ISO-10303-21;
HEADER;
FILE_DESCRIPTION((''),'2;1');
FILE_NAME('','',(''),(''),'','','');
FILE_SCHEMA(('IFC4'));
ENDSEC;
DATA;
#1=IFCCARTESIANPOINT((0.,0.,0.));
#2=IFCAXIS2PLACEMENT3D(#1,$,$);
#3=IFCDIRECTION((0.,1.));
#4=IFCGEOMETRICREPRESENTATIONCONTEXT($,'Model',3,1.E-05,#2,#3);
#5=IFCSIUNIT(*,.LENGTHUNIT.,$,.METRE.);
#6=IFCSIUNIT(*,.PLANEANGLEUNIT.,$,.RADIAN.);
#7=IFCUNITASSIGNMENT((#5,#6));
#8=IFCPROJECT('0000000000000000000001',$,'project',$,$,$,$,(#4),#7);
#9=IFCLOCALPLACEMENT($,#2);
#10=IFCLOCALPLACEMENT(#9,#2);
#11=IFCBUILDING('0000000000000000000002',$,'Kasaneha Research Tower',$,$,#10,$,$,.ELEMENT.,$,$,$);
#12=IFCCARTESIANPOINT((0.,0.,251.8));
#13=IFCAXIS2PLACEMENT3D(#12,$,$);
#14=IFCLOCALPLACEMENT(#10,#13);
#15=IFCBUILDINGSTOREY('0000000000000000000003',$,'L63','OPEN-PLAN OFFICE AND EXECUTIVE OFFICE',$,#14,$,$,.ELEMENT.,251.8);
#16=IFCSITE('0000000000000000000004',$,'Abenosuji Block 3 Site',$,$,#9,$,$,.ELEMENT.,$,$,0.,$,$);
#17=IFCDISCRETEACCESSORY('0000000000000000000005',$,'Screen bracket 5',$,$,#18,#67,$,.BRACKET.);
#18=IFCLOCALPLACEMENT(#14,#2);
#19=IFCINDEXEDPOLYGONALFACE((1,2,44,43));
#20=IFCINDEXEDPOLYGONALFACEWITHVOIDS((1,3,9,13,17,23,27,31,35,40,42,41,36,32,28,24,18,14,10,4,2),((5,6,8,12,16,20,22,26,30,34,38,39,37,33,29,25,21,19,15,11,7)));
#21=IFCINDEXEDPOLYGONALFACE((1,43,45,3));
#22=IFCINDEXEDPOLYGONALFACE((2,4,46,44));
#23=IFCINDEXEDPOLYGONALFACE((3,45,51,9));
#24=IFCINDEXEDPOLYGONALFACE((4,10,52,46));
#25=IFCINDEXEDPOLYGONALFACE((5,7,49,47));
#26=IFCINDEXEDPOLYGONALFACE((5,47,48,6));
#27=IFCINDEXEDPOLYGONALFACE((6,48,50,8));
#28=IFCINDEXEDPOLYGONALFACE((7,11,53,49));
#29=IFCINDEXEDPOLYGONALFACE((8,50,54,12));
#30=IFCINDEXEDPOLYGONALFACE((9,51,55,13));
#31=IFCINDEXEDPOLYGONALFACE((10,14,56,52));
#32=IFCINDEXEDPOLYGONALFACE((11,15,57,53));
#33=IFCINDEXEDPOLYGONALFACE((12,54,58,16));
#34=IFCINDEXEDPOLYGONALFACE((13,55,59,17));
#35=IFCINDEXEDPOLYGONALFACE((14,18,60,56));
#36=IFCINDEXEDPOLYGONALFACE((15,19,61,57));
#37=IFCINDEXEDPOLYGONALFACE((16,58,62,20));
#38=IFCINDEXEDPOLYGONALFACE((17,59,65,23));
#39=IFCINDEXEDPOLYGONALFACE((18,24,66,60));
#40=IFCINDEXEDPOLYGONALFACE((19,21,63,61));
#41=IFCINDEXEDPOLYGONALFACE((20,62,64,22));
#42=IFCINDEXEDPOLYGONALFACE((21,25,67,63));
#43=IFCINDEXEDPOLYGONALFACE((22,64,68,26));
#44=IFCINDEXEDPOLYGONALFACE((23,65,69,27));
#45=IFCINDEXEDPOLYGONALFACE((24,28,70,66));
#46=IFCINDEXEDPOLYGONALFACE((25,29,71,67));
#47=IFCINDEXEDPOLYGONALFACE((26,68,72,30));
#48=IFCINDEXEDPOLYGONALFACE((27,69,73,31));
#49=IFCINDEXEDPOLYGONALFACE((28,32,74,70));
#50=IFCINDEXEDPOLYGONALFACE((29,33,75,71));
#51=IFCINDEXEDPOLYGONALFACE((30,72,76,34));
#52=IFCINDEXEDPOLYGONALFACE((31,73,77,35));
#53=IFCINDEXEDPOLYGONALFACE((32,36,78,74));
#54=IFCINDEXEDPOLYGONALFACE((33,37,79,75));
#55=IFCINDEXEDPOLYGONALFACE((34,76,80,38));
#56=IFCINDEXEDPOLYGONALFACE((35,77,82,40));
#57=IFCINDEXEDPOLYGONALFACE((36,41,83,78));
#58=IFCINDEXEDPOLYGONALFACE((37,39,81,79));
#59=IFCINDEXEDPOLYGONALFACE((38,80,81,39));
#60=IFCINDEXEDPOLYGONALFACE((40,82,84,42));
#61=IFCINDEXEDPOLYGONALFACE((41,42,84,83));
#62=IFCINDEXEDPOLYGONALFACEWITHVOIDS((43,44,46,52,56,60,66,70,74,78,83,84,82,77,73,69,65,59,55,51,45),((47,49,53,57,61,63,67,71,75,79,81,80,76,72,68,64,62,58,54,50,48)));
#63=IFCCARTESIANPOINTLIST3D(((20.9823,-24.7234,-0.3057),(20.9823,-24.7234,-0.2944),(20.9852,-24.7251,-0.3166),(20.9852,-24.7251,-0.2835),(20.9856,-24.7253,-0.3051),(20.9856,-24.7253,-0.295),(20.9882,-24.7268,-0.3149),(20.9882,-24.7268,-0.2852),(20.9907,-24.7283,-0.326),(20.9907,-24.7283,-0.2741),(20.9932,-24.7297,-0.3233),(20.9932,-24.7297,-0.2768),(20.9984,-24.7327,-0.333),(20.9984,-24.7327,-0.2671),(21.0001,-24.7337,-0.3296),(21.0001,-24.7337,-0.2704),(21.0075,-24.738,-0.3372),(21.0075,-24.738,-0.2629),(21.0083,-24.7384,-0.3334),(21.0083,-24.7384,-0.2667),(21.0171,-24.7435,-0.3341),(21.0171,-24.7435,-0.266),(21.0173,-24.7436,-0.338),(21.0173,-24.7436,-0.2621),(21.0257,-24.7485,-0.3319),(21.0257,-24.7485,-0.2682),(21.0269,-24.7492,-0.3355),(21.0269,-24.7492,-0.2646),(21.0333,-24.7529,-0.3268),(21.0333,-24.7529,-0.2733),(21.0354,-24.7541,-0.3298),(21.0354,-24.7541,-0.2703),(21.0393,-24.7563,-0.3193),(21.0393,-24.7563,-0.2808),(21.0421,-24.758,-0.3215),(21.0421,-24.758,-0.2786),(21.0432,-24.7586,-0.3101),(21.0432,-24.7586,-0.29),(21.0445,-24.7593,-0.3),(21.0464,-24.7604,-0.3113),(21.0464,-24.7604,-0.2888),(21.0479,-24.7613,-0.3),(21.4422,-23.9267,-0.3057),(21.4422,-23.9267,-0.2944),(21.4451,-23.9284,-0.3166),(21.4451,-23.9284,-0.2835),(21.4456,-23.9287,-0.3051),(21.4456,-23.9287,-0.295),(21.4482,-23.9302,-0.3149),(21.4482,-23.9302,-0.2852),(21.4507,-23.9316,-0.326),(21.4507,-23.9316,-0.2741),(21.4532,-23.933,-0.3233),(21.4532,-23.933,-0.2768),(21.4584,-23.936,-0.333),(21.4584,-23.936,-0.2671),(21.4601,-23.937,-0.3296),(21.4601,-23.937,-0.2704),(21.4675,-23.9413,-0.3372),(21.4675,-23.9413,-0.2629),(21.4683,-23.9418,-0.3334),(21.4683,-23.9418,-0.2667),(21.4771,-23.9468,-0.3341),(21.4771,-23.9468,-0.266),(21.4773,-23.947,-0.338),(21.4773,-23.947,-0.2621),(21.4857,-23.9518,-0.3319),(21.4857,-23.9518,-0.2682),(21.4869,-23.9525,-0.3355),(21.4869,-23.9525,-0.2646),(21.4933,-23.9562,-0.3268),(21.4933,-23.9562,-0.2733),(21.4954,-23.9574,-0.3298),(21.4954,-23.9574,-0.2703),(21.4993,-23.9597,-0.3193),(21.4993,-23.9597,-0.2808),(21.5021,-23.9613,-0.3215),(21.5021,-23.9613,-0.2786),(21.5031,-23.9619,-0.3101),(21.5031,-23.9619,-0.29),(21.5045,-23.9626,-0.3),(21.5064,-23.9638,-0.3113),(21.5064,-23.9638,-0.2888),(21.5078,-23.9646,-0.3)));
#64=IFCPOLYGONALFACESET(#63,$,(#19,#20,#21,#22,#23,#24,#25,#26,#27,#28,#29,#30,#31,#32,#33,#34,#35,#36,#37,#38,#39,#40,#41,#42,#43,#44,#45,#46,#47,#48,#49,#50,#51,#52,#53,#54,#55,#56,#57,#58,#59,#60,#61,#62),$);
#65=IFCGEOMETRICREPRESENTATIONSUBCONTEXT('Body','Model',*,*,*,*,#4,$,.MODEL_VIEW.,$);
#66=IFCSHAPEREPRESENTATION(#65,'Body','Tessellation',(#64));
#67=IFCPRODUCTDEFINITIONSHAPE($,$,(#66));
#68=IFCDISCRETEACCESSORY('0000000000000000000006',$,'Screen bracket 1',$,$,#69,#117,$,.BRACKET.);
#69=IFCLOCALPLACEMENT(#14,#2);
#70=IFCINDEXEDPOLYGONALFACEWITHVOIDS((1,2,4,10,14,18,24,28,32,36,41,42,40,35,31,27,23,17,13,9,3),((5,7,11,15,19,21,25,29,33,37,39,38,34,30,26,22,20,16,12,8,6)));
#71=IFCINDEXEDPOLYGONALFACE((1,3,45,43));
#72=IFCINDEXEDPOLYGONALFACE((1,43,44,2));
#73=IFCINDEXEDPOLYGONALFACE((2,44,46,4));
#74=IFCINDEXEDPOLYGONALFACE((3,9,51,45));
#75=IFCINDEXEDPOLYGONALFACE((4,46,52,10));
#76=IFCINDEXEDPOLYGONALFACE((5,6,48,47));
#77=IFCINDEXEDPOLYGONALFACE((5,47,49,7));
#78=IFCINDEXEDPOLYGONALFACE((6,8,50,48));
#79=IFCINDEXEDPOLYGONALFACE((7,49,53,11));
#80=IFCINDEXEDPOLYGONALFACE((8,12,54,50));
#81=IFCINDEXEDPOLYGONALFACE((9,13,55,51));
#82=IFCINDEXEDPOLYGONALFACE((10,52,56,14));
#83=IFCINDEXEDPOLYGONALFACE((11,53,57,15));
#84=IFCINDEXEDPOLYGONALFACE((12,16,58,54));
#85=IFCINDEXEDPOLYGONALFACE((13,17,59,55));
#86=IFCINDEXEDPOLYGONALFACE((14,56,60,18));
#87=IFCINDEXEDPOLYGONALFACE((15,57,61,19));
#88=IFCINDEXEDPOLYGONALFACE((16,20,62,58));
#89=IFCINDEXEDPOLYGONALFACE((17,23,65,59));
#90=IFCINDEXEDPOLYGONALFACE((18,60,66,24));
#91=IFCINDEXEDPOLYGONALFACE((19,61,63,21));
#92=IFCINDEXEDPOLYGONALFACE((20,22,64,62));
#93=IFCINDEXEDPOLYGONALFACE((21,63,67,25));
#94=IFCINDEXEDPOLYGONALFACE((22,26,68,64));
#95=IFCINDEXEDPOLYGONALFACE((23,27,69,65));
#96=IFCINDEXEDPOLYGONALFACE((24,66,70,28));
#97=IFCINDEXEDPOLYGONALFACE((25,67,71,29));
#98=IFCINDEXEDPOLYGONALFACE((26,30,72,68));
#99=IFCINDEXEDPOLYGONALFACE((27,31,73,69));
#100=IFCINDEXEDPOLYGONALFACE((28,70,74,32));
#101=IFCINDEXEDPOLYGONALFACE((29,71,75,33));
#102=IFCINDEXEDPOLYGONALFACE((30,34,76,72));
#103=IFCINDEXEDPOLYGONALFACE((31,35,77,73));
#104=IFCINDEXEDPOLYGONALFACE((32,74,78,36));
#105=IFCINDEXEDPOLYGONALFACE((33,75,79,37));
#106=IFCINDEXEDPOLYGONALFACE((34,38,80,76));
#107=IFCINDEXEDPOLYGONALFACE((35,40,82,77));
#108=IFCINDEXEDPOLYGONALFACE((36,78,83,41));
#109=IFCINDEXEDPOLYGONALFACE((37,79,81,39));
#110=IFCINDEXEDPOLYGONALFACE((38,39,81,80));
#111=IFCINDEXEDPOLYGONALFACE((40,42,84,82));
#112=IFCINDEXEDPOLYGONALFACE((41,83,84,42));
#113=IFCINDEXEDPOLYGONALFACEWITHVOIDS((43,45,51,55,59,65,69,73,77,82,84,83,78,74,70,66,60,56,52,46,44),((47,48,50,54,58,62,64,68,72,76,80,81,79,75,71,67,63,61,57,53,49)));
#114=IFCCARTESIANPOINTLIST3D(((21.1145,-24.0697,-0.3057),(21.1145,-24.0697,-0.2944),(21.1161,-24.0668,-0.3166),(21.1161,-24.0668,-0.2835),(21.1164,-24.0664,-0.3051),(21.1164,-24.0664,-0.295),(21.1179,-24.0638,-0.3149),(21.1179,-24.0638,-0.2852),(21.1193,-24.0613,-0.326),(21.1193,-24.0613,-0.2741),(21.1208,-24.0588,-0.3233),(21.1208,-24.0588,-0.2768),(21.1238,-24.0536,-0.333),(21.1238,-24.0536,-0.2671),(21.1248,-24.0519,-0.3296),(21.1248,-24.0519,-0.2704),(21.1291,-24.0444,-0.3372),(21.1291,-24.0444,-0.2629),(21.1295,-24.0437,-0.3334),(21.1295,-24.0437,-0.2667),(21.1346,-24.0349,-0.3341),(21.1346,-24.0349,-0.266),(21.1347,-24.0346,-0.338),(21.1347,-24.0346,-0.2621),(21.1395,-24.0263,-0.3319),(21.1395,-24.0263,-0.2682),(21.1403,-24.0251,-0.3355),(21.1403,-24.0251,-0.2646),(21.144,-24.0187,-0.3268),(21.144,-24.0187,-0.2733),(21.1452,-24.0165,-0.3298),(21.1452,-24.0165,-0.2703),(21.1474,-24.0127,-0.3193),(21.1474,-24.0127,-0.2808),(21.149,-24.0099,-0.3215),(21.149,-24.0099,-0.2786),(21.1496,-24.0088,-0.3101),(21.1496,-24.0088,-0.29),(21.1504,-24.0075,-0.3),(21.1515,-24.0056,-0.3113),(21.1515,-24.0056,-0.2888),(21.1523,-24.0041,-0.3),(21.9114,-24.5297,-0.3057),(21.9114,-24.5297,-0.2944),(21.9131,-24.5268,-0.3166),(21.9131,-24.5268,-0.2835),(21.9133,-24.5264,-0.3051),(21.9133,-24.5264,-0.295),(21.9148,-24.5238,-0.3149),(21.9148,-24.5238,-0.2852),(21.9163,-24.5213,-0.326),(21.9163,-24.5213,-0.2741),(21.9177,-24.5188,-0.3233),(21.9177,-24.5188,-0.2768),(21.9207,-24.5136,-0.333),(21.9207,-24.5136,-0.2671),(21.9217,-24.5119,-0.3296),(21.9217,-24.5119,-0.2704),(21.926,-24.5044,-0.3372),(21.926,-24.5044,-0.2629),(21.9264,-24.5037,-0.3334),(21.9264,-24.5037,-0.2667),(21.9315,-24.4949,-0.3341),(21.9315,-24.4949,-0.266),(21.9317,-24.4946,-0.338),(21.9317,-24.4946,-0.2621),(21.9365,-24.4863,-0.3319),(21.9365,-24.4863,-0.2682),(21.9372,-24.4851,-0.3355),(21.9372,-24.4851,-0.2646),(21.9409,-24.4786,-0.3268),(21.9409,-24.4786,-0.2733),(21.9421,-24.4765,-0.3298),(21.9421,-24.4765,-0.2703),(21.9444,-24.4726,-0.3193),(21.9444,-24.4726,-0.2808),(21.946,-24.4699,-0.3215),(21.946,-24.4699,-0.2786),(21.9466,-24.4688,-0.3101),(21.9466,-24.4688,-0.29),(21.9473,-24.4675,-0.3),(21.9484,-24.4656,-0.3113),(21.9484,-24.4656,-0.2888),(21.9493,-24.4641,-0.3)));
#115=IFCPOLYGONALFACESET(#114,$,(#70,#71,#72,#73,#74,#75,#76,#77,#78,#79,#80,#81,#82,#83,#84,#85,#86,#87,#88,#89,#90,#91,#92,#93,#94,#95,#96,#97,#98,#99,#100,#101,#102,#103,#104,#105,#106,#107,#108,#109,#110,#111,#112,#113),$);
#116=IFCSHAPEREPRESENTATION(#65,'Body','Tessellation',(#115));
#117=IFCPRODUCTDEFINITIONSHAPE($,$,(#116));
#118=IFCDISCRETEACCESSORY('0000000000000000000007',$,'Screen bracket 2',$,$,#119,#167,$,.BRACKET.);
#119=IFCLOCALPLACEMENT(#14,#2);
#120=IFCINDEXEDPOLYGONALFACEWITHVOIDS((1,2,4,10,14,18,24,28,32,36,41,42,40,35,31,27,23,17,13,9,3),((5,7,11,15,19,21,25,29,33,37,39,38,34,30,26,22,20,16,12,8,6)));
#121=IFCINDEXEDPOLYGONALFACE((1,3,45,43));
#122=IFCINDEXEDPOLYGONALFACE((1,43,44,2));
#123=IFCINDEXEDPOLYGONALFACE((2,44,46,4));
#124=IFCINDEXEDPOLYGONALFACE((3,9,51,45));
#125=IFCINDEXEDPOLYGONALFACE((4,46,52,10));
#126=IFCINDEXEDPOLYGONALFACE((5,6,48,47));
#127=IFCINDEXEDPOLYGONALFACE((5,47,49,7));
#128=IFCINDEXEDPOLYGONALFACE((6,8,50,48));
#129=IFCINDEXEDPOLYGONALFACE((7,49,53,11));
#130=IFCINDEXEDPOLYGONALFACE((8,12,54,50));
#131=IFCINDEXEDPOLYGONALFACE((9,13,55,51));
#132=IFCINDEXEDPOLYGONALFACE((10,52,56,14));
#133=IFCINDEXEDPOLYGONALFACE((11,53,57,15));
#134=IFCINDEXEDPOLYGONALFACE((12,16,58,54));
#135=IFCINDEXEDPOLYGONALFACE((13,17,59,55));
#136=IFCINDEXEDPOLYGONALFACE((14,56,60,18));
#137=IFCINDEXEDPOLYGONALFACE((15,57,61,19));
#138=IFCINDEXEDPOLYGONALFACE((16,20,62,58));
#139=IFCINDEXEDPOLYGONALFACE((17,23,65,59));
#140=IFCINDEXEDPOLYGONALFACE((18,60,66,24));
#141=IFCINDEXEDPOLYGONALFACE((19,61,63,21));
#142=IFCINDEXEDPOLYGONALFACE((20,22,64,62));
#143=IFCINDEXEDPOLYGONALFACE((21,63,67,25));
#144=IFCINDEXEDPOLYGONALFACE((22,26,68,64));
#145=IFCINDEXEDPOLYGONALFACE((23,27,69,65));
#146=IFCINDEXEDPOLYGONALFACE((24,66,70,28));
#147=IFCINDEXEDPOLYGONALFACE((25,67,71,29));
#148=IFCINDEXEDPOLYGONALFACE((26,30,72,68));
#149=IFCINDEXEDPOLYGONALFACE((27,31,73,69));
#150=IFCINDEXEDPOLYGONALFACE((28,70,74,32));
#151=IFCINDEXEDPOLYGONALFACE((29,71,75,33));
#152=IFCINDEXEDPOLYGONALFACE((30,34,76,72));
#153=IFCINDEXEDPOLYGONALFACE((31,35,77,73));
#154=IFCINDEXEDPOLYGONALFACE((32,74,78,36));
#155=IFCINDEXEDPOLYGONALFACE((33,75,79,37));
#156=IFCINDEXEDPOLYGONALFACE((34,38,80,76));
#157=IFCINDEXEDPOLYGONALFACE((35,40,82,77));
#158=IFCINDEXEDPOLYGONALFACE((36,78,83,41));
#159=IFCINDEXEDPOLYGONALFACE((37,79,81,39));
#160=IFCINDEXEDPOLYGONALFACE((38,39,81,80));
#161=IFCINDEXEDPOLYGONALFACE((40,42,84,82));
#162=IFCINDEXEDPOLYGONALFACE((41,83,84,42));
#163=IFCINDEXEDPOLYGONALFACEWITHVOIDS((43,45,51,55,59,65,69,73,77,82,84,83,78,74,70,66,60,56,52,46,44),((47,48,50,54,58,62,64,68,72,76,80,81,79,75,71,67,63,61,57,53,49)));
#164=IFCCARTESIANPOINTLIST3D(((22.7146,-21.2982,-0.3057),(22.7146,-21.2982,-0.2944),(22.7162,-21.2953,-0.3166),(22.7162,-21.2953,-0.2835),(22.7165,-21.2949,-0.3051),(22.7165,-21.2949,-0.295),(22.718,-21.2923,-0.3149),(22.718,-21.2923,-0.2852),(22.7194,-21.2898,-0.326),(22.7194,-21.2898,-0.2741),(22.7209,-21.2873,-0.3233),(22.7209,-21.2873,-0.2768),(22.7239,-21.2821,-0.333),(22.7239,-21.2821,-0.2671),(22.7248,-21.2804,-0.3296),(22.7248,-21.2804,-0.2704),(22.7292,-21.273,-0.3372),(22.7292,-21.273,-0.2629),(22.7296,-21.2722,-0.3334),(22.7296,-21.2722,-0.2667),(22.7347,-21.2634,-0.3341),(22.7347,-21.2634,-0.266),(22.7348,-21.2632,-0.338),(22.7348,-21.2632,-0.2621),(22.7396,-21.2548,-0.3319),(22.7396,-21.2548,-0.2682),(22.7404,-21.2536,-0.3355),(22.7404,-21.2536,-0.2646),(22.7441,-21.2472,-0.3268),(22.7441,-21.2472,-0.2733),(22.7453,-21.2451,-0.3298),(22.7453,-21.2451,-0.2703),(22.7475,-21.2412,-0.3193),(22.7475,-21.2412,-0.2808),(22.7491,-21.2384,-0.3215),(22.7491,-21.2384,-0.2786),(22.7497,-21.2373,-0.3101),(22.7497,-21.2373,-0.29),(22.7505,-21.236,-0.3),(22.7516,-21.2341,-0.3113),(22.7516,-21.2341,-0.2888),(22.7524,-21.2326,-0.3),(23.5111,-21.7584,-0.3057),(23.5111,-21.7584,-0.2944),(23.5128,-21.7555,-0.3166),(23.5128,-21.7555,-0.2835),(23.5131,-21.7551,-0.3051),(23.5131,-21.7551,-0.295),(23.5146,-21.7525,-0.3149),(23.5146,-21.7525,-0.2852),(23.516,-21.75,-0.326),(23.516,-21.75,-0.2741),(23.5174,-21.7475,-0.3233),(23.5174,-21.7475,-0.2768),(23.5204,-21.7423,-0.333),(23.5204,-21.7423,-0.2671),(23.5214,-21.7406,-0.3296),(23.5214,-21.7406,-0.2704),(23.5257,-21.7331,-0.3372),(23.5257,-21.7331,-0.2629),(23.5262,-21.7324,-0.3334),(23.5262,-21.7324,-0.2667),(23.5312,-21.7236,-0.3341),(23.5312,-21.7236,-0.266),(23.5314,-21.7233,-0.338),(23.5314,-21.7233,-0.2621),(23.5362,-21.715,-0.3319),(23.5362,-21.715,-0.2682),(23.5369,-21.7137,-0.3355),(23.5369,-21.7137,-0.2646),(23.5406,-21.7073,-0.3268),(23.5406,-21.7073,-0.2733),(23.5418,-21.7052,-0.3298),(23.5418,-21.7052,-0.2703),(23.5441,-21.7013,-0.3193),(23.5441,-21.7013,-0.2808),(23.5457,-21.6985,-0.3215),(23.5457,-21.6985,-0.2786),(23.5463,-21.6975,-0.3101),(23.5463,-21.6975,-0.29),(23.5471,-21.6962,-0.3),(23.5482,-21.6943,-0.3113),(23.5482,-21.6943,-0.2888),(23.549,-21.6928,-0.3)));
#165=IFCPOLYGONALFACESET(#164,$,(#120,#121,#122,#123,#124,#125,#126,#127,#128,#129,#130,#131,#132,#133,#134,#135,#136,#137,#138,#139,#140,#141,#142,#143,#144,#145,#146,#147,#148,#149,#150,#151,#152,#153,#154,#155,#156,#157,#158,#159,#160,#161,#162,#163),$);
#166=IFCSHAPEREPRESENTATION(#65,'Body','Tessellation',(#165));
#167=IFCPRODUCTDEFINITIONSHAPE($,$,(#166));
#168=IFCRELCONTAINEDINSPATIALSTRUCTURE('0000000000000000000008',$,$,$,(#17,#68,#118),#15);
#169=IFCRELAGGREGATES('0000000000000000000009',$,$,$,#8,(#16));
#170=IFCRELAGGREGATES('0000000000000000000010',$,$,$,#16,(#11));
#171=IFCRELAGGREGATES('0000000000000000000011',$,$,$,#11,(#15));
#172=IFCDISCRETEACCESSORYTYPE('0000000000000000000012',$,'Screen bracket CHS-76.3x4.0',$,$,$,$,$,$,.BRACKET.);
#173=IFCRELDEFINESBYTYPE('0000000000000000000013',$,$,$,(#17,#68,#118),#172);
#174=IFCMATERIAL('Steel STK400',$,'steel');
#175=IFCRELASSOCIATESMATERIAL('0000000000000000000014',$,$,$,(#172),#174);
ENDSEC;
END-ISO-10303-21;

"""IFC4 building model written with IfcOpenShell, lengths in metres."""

from ifc_helpers import new_model, si_unit, direction, frame, origin, origin_2d, place, context, subcontext, project, spatial, hollow_circle, extrude, material, material_profile, profile_set, type_object, element, save


model = new_model("IFC4")

# Units and contexts
model_context = context("Model", 3, precision=1e-05, world=origin(), true_north=direction((0.0, 1.0)))
body_context = subcontext(model_context, "Body", "Model", "MODEL_VIEW")
ifc_project = project(units=[si_unit("LENGTHUNIT", "METRE"), si_unit("PLANEANGLEUNIT", "RADIAN")], contexts=[model_context])

# Site, building, storey
site_placement = place(None, origin())
site = spatial("IfcSite", under=ifc_project, at=site_placement, Name="Abenosuji Block 3 Site", CompositionType="ELEMENT", RefElevation=0.0)
building_placement = place(site_placement, origin())
building = spatial("IfcBuilding", under=site, at=building_placement, Name="Kasaneha Research Tower", CompositionType="ELEMENT")
storey_placement = place(building_placement, frame((0.0, 0.0, 251.8)))
storey = spatial("IfcBuildingStorey", under=building, at=storey_placement, Name="L63", Description="OPEN-PLAN OFFICE AND EXECUTIVE OFFICE", CompositionType="ELEMENT", Elevation=251.8)

# Discrete accessories
ifc_material_1 = material(Name="Steel STK400", Category="steel")
ifc_material_profile_1 = material_profile(ifc_material_1, hollow_circle(Radius=0.0381, WallThickness=0.0039, at=origin_2d()), Name="CHS-76.3x4.0")
ifc_profile_set_1 = profile_set([ifc_material_profile_1], Name="Steel STK400")
discrete_accessory_type = type_object("IfcDiscreteAccessoryType", Name="Screen bracket CHS-76.3x4.0", PredefinedType="BRACKET", material=ifc_profile_set_1)
discrete_accessory_1_placement = place(storey_placement, frame((21.4749, -23.9456, -0.3), z_axis=(-0.500021, -0.866013, 0.0), x_axis=(0.866013, -0.500021, 0.0)))
element("IfcDiscreteAccessory", 1, at=discrete_accessory_1_placement, inside=storey, type_object=discrete_accessory_type, Name="Screen bracket 5", PredefinedType="BRACKET", context=body_context, shape_type="SweptSolid", body=[
    extrude(hollow_circle(Radius=0.0381, WallThickness=0.0039, at=origin_2d()), origin(), (0.0, 0.0, 1.0), 0.9199),
])
discrete_accessory_2_placement = place(storey_placement, frame((21.1333, -24.0371, -0.3), z_axis=(0.86608, -0.499906, 0.0), x_axis=(0.499906, 0.86608, 0.0)))
element("IfcDiscreteAccessory", 2, at=discrete_accessory_2_placement, inside=storey, type_object=discrete_accessory_type, Name="Screen bracket 1", PredefinedType="BRACKET", context=body_context, shape_type="SweptSolid", body=[
    extrude(hollow_circle(Radius=0.0381, WallThickness=0.0039, at=origin_2d()), origin(), (0.0, 0.0, 1.0), 0.9202),
])
discrete_accessory_3_placement = place(storey_placement, frame((22.7334, -21.2656, -0.3), z_axis=(0.865898, -0.50022, 0.0), x_axis=(0.50022, 0.865898, 0.0)))
element("IfcDiscreteAccessory", 3, at=discrete_accessory_3_placement, inside=storey, type_object=discrete_accessory_type, Name="Screen bracket 2", PredefinedType="BRACKET", context=body_context, shape_type="SweptSolid", body=[
    extrude(hollow_circle(Radius=0.0381, WallThickness=0.0039, at=origin_2d()), origin(), (0.0, 0.0, 1.0), 0.9199),
])

save(model, "model.ifc")
